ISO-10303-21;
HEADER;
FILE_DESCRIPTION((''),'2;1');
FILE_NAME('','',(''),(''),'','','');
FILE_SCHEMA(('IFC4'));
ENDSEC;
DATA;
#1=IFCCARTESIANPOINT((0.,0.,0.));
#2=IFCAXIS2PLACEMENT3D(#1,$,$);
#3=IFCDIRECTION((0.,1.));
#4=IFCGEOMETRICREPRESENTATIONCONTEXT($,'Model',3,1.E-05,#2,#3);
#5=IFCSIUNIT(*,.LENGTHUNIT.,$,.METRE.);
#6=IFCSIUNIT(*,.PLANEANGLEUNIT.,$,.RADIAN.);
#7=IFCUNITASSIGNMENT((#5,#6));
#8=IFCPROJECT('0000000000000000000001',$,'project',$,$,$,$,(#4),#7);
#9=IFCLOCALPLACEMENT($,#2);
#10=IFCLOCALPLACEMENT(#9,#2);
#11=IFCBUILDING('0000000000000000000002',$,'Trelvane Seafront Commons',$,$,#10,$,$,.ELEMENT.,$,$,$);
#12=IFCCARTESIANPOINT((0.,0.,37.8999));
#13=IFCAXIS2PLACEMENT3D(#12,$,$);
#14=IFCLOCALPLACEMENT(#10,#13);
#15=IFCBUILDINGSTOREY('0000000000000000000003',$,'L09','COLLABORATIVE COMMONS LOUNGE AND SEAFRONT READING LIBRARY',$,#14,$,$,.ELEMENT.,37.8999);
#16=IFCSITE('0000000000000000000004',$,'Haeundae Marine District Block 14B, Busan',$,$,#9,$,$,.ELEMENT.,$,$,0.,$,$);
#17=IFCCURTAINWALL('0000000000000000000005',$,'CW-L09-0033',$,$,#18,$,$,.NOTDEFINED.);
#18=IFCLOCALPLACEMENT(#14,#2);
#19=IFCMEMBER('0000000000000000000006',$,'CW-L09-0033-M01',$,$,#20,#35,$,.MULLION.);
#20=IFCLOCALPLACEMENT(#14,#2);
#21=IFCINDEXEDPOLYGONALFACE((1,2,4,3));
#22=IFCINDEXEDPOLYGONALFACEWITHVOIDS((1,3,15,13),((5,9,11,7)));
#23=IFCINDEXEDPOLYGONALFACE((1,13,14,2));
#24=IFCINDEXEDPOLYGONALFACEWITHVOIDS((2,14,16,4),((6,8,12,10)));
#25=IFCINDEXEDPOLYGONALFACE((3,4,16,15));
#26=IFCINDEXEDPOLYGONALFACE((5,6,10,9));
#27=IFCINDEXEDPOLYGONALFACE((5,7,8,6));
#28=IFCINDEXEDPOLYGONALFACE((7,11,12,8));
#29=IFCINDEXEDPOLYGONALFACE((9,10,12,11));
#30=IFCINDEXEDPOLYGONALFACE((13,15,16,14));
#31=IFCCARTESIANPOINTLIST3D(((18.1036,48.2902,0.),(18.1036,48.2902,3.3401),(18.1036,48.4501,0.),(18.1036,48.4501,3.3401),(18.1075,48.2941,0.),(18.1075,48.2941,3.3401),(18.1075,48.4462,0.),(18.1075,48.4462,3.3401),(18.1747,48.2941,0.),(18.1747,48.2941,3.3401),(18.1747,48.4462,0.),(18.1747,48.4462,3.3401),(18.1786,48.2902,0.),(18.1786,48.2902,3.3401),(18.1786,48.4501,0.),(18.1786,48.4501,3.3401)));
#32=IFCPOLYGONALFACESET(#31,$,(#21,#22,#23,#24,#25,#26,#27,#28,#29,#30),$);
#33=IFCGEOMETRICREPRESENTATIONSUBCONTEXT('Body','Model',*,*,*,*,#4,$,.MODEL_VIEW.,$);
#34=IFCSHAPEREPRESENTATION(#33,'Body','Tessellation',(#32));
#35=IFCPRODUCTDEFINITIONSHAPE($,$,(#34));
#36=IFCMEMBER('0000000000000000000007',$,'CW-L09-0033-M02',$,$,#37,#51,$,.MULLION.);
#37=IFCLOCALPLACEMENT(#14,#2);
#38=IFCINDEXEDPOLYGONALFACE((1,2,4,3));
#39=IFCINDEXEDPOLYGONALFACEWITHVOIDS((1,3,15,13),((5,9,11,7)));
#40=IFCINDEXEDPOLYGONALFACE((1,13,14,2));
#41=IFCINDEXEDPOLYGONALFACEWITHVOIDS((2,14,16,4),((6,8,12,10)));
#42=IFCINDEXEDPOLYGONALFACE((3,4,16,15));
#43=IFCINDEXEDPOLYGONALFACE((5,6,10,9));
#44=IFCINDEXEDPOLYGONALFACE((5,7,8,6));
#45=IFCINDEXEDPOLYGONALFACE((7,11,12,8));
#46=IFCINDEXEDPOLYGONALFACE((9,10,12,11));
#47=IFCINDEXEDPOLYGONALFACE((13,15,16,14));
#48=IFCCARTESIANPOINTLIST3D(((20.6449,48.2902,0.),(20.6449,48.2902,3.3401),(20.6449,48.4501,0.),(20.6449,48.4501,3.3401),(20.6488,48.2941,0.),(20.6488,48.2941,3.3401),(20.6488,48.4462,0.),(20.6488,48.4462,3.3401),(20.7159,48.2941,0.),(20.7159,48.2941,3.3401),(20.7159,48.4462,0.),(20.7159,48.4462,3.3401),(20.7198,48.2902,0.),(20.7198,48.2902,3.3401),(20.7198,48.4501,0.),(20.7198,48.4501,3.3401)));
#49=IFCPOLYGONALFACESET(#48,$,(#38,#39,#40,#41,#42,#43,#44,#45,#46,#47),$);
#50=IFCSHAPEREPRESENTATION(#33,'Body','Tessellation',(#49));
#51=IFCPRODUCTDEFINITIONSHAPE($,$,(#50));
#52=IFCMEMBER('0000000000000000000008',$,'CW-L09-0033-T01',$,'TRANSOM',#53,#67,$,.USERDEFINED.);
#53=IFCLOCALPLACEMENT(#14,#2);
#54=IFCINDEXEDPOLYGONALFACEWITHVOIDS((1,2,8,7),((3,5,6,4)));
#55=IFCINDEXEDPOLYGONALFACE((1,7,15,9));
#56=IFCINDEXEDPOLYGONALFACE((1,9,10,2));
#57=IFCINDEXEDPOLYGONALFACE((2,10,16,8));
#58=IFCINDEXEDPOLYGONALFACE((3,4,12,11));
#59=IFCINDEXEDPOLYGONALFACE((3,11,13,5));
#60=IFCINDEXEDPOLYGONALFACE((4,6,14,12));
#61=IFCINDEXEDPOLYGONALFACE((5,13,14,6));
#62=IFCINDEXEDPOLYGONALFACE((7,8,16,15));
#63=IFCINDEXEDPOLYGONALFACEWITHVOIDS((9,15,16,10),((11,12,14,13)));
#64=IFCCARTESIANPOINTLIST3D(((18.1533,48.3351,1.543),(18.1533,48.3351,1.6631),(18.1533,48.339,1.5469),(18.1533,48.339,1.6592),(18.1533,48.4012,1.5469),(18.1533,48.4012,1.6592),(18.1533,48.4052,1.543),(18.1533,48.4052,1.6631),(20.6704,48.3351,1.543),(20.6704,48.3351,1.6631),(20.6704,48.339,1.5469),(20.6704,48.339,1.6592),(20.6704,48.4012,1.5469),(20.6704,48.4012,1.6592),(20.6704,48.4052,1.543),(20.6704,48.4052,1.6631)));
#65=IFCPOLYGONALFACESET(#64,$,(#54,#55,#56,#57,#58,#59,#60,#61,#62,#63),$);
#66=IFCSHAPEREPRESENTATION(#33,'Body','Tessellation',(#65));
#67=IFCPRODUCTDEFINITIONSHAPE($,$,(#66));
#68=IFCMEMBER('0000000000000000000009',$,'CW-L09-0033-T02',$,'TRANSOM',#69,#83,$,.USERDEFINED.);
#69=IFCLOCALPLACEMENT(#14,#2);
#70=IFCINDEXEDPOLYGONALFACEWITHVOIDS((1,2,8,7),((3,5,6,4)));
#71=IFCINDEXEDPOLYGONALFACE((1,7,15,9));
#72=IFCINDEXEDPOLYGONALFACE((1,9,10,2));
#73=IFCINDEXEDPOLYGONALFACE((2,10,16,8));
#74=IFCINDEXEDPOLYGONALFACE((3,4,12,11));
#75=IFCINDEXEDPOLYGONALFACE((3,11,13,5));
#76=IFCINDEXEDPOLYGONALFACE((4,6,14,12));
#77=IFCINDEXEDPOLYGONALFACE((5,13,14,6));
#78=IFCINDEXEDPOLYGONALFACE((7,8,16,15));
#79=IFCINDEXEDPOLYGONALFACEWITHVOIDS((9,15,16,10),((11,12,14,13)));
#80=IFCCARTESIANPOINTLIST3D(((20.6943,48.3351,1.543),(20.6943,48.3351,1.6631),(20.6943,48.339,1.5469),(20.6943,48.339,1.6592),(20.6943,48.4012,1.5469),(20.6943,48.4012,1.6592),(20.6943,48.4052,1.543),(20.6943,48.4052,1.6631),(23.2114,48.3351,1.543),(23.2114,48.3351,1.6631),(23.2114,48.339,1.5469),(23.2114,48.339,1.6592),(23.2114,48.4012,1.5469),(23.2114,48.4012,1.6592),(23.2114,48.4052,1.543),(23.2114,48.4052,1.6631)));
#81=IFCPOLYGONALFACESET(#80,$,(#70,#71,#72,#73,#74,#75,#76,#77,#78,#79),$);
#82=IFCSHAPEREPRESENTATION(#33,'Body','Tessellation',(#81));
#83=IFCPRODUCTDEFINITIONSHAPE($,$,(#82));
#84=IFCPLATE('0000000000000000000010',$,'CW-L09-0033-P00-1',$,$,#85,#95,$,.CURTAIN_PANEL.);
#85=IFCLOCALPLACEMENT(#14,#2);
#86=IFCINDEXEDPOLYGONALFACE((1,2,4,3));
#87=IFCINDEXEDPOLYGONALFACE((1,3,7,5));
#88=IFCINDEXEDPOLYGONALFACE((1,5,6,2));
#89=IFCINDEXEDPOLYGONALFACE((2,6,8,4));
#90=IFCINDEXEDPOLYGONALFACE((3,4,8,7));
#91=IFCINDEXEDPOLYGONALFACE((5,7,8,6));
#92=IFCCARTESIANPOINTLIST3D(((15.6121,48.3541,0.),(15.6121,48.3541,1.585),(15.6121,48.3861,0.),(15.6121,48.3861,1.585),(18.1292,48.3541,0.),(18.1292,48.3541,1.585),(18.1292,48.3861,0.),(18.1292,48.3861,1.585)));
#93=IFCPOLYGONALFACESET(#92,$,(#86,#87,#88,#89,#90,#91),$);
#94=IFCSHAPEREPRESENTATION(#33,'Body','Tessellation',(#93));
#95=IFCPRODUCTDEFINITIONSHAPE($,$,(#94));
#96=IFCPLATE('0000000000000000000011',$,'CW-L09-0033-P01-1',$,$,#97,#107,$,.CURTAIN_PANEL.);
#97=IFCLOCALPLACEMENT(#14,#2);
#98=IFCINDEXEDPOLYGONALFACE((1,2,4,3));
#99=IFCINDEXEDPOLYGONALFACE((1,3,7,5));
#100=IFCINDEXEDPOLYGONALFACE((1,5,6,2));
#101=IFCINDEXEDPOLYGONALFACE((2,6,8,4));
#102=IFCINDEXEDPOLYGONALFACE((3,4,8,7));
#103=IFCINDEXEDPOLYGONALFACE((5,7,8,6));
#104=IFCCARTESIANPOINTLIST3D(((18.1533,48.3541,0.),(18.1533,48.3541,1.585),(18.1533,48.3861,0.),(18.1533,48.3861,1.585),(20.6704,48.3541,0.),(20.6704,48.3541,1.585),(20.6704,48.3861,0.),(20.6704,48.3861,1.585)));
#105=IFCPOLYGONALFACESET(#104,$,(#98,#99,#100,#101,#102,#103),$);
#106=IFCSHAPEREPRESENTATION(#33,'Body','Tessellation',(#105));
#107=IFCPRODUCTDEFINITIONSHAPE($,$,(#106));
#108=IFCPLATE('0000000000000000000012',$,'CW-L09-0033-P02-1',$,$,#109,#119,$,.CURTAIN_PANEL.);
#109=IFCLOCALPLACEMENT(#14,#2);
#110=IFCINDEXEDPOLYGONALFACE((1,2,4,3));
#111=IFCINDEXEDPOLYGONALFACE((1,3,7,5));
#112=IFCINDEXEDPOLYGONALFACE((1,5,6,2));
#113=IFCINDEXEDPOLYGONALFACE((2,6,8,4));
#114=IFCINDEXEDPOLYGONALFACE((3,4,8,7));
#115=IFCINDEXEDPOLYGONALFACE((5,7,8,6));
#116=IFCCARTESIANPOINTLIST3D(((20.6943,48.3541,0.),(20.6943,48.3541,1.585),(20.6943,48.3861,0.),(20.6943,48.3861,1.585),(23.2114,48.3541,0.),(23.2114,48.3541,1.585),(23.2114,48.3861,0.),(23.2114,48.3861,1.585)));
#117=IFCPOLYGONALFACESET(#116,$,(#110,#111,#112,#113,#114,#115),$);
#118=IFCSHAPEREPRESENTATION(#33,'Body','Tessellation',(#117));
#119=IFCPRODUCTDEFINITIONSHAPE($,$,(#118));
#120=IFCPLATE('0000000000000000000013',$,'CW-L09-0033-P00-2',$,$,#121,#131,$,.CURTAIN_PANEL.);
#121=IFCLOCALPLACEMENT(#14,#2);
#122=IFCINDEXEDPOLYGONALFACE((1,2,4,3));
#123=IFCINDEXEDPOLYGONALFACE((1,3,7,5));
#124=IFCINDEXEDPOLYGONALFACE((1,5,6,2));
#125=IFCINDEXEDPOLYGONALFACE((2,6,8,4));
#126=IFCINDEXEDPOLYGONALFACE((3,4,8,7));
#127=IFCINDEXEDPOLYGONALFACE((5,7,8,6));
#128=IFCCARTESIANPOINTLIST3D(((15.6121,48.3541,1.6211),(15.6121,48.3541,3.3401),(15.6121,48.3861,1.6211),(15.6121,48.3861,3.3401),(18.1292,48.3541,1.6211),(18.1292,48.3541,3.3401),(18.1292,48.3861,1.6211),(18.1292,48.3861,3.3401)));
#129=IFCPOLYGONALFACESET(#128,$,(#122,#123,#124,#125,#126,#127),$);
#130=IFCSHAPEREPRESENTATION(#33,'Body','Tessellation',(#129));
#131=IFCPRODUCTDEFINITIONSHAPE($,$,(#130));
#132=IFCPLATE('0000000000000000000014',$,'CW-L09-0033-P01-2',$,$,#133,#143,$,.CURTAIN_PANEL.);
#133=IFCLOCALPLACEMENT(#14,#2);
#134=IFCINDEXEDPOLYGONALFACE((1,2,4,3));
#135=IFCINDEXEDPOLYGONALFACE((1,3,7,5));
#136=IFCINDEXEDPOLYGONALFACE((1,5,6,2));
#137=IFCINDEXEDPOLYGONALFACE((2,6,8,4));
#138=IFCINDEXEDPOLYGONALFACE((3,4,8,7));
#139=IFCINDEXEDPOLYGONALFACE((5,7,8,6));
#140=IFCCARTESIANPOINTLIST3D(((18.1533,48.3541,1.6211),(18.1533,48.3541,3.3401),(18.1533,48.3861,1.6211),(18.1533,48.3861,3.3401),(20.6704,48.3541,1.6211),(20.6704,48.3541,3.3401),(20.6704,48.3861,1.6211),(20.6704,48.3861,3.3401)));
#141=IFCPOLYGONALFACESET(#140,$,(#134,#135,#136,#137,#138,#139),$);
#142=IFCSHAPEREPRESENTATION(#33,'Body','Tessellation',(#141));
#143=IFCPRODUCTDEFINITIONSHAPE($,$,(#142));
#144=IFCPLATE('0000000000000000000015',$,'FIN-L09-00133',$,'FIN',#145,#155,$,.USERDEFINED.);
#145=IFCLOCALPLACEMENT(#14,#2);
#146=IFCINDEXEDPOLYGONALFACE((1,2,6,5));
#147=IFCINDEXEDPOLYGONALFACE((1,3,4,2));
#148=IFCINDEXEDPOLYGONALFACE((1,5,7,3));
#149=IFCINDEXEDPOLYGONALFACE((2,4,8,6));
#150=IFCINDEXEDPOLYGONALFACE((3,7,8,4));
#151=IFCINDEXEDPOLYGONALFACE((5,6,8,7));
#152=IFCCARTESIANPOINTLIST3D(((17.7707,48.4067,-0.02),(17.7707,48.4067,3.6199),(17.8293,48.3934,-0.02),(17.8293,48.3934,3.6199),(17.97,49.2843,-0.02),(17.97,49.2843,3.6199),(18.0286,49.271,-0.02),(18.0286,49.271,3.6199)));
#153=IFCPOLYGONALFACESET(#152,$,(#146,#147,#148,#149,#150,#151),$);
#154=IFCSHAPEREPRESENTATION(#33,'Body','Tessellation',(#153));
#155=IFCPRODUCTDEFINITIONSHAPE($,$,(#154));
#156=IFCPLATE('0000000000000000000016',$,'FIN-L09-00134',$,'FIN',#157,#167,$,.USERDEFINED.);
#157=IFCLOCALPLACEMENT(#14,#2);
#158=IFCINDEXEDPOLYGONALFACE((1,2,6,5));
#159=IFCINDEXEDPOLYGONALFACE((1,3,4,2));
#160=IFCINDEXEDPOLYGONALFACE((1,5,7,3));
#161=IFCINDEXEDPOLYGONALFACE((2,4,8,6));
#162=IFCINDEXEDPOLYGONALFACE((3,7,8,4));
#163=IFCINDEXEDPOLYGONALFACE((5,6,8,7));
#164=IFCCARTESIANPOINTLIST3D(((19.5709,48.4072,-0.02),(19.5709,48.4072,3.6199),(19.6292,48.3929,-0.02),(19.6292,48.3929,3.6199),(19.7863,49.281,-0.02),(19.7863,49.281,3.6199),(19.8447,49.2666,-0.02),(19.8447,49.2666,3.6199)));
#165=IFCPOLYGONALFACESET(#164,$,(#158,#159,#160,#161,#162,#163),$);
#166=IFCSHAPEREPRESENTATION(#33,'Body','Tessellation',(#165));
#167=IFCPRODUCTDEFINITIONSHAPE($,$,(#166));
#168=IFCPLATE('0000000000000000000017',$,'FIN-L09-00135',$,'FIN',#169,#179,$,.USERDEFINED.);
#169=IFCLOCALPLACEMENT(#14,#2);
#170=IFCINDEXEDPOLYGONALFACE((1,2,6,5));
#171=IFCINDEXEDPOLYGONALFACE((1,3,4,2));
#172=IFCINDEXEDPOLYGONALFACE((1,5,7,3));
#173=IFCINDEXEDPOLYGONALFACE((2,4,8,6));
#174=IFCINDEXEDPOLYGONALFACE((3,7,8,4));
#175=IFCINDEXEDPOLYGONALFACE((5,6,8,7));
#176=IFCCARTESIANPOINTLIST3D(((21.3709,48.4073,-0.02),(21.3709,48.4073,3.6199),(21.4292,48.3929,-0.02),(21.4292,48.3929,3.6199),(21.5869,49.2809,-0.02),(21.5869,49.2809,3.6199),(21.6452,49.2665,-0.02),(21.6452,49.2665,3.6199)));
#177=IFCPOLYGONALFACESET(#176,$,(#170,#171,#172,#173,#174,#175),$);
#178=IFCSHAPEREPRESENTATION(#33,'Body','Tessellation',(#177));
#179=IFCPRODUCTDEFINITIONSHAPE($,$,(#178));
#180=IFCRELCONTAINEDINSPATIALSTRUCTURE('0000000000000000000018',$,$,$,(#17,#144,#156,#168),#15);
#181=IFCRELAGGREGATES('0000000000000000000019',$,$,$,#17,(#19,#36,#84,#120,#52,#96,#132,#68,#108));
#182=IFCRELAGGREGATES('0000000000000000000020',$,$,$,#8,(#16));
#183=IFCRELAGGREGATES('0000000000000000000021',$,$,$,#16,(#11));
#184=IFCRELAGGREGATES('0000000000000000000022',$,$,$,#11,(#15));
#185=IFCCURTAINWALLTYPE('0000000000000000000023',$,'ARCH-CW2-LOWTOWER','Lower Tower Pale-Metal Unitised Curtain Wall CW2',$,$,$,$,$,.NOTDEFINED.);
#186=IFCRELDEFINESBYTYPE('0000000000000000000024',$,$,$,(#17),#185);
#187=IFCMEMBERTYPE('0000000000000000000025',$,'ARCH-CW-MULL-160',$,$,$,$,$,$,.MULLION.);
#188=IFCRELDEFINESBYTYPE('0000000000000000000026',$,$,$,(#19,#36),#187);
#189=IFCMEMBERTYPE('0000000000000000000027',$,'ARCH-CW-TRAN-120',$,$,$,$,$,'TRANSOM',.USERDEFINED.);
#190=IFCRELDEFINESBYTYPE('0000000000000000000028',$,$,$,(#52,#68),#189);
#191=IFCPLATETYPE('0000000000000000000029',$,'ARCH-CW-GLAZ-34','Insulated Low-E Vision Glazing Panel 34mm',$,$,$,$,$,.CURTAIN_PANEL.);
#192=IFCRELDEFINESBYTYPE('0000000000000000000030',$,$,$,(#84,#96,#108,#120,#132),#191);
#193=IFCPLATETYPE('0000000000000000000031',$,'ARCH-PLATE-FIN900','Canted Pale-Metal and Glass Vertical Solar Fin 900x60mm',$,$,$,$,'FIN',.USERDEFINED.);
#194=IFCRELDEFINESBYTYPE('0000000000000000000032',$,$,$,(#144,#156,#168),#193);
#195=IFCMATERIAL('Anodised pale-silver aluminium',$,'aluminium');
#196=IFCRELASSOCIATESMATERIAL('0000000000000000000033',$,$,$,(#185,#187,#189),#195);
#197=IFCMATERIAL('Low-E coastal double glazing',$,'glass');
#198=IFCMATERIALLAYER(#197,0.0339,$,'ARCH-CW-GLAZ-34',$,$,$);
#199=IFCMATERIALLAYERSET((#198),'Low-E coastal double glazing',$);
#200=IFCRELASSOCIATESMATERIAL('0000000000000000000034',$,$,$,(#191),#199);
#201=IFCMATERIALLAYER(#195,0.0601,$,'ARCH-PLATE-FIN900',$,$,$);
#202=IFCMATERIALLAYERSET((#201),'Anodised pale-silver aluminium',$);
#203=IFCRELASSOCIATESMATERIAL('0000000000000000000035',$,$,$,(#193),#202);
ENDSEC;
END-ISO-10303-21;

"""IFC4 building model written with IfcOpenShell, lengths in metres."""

from ifc_helpers import new_model, si_unit, direction, frame, origin, origin_2d, place, context, subcontext, project, spatial, rectangle, hollow_rectangle, extrude, source, transform, mapped, material, layer, layer_set, material_profile, profile_set, type_object, element, aggregate, save


model = new_model("IFC4")

# Units and contexts
model_context = context("Model", 3, precision=1e-05, world=origin(), true_north=direction((0.0, 1.0)))
body_context = subcontext(model_context, "Body", "Model", "MODEL_VIEW")
ifc_project = project(units=[si_unit("LENGTHUNIT", "METRE"), si_unit("PLANEANGLEUNIT", "RADIAN")], contexts=[model_context])

# Site, building, storey
site_placement = place(None, origin())
site = spatial("IfcSite", under=ifc_project, at=site_placement, Name="Haeundae Marine District Block 14B, Busan", CompositionType="ELEMENT", RefElevation=0.0)
building_placement = place(site_placement, origin())
building = spatial("IfcBuilding", under=site, at=building_placement, Name="Trelvane Seafront Commons", CompositionType="ELEMENT")
storey_placement = place(building_placement, frame((0.0, 0.0, 37.8999)))
storey = spatial("IfcBuildingStorey", under=building, at=storey_placement, Name="L09", Description="COLLABORATIVE COMMONS LOUNGE AND SEAFRONT READING LIBRARY", CompositionType="ELEMENT", Elevation=37.8999)

# Curtain wall, members, plates
ifc_material_1 = material(Name="Anodised pale-silver aluminium", Category="aluminium")
curtain_wall_type = type_object("IfcCurtainWallType", Name="ARCH-CW2-LOWTOWER", Description="Lower Tower Pale-Metal Unitised Curtain Wall CW2", PredefinedType="NOTDEFINED", material=ifc_material_1)
curtain_wall_placement = place(storey_placement, origin())
curtain_wall = element("IfcCurtainWall", 1, at=curtain_wall_placement, inside=storey, type_object=curtain_wall_type, Name="CW-L09-0033", PredefinedType="NOTDEFINED")
ifc_material_profile_1 = material_profile(ifc_material_1, hollow_rectangle(XDim=0.075, YDim=0.1599, WallThickness=0.0039, at=origin_2d()), Name="MULL-75x160x4")
ifc_profile_set_1 = profile_set([ifc_material_profile_1], Name="Anodised pale-silver aluminium")
member_type_1 = type_object("IfcMemberType", Name="ARCH-CW-MULL-160", PredefinedType="MULLION", material=ifc_profile_set_1)
shared_shape_1 = source(origin(), body_context, "Body", "SweptSolid", [
    extrude(hollow_rectangle(XDim=0.075, YDim=0.1599, WallThickness=0.0039, at=origin_2d()), origin(), (0.0, 0.0, 1.0), 3.3401),
])
member_1_placement = place(storey_placement, frame((18.1411, 48.3701, 0.0), z_axis=(0.0, 0.0, 1.0), x_axis=(1.0, 0.0, 0.0)))
member_1 = element("IfcMember", 2, at=member_1_placement, type_object=member_type_1, Name="CW-L09-0033-M01", PredefinedType="MULLION", context=body_context, shape_type="MappedRepresentation", body=[
    mapped(shared_shape_1, transform((0.0, 0.0, 0.0), x_axis=(1.0, 0.0, 0.0), y_axis=(0.0, 1.0, 0.0), z_axis=(0.0, 0.0, 1.0), scale=1.0)),
])
member_2_placement = place(storey_placement, frame((20.6824, 48.3701, 0.0), z_axis=(0.0, 0.0, 1.0), x_axis=(1.0, 0.0, 0.0)))
member_2 = element("IfcMember", 3, at=member_2_placement, type_object=member_type_1, Name="CW-L09-0033-M02", PredefinedType="MULLION", context=body_context, shape_type="MappedRepresentation", body=[
    mapped(shared_shape_1, transform((0.0, 0.0, 0.0), x_axis=(1.0, 0.0, 0.0), y_axis=(0.0, 1.0, 0.0), z_axis=(0.0, 0.0, 1.0), scale=1.0)),
])
ifc_material_profile_2 = material_profile(ifc_material_1, hollow_rectangle(XDim=0.0701, YDim=0.1201, WallThickness=0.0039, at=origin_2d()), Name="TRAN-70x120x4")
ifc_profile_set_2 = profile_set([ifc_material_profile_2], Name="Anodised pale-silver aluminium")
member_type_2 = type_object("IfcMemberType", Name="ARCH-CW-TRAN-120", ElementType="TRANSOM", PredefinedType="USERDEFINED", material=ifc_profile_set_2)
shared_shape_2 = source(origin(), body_context, "Body", "SweptSolid", [
    extrude(hollow_rectangle(XDim=0.0701, YDim=0.1201, WallThickness=0.0039, at=origin_2d()), origin(), (0.0, 0.0, 1.0), 2.5171),
])
member_3_placement = place(storey_placement, frame((18.1533, 48.3701, 1.603), z_axis=(1.0, 0.0, 0.0), x_axis=(0.0, 1.0, 0.0)))
member_3 = element("IfcMember", 4, at=member_3_placement, type_object=member_type_2, Name="CW-L09-0033-T01", ObjectType="TRANSOM", PredefinedType="USERDEFINED", context=body_context, shape_type="MappedRepresentation", body=[
    mapped(shared_shape_2, transform((0.0, 0.0, 0.0), x_axis=(1.0, 0.0, 0.0), y_axis=(0.0, 1.0, 0.0), z_axis=(0.0, 0.0, 1.0), scale=1.0)),
])
member_4_placement = place(storey_placement, frame((20.6943, 48.3701, 1.603), z_axis=(1.0, 0.0, 0.0), x_axis=(0.0, 1.0, 0.0)))
member_4 = element("IfcMember", 5, at=member_4_placement, type_object=member_type_2, Name="CW-L09-0033-T02", ObjectType="TRANSOM", PredefinedType="USERDEFINED", context=body_context, shape_type="MappedRepresentation", body=[
    mapped(shared_shape_2, transform((0.0, 0.0, 0.0), x_axis=(1.0, 0.0, 0.0), y_axis=(0.0, 1.0, 0.0), z_axis=(0.0, 0.0, 1.0), scale=1.0)),
])
ifc_material_2 = material(Name="Low-E coastal double glazing", Category="glass")
ifc_layer_1 = layer(ifc_material_2, 0.0339, Name="ARCH-CW-GLAZ-34")
ifc_layer_set_1 = layer_set([ifc_layer_1], Name="Low-E coastal double glazing")
plate_type_1 = type_object("IfcPlateType", Name="ARCH-CW-GLAZ-34", Description="Insulated Low-E Vision Glazing Panel 34mm", PredefinedType="CURTAIN_PANEL", material=ifc_layer_set_1)
shared_shape_3 = source(origin(), body_context, "Body", "SweptSolid", [
    extrude(rectangle(XDim=2.5171, YDim=0.032, at=origin_2d()), origin(), (0.0, 0.0, 1.0), 1.585),
])
plate_1_placement = place(storey_placement, frame((16.8706, 48.3701, 0.0), z_axis=(0.0, 0.0, 1.0), x_axis=(1.0, 0.0, 0.0)))
plate_1 = element("IfcPlate", 6, at=plate_1_placement, type_object=plate_type_1, Name="CW-L09-0033-P00-1", PredefinedType="CURTAIN_PANEL", context=body_context, shape_type="MappedRepresentation", body=[
    mapped(shared_shape_3, transform((0.0, 0.0, 0.0), x_axis=(1.0, 0.0, 0.0), y_axis=(0.0, 1.0, 0.0), z_axis=(0.0, 0.0, 1.0), scale=1.0)),
])
plate_2_placement = place(storey_placement, frame((19.4119, 48.3701, 0.0), z_axis=(0.0, 0.0, 1.0), x_axis=(1.0, 0.0, 0.0)))
plate_2 = element("IfcPlate", 7, at=plate_2_placement, type_object=plate_type_1, Name="CW-L09-0033-P01-1", PredefinedType="CURTAIN_PANEL", context=body_context, shape_type="MappedRepresentation", body=[
    mapped(shared_shape_3, transform((0.0, 0.0, 0.0), x_axis=(1.0, 0.0, 0.0), y_axis=(0.0, 1.0, 0.0), z_axis=(0.0, 0.0, 1.0), scale=1.0)),
])
plate_3_placement = place(storey_placement, frame((21.9529, 48.3701, 0.0), z_axis=(0.0, 0.0, 1.0), x_axis=(1.0, 0.0, 0.0)))
plate_3 = element("IfcPlate", 8, at=plate_3_placement, type_object=plate_type_1, Name="CW-L09-0033-P02-1", PredefinedType="CURTAIN_PANEL", context=body_context, shape_type="MappedRepresentation", body=[
    mapped(shared_shape_3, transform((0.0, 0.0, 0.0), x_axis=(1.0, 0.0, 0.0), y_axis=(0.0, 1.0, 0.0), z_axis=(0.0, 0.0, 1.0), scale=1.0)),
])
shared_shape_4 = source(origin(), body_context, "Body", "SweptSolid", [
    extrude(rectangle(XDim=2.5171, YDim=0.032, at=origin_2d()), origin(), (0.0, 0.0, 1.0), 1.719),
])
plate_4_placement = place(storey_placement, frame((16.8706, 48.3701, 1.6211), z_axis=(0.0, 0.0, 1.0), x_axis=(1.0, 0.0, 0.0)))
plate_4 = element("IfcPlate", 9, at=plate_4_placement, type_object=plate_type_1, Name="CW-L09-0033-P00-2", PredefinedType="CURTAIN_PANEL", context=body_context, shape_type="MappedRepresentation", body=[
    mapped(shared_shape_4, transform((0.0, 0.0, 0.0), x_axis=(1.0, 0.0, 0.0), y_axis=(0.0, 1.0, 0.0), z_axis=(0.0, 0.0, 1.0), scale=1.0)),
])
plate_5_placement = place(storey_placement, frame((19.4119, 48.3701, 1.6211), z_axis=(0.0, 0.0, 1.0), x_axis=(1.0, 0.0, 0.0)))
plate_5 = element("IfcPlate", 10, at=plate_5_placement, type_object=plate_type_1, Name="CW-L09-0033-P01-2", PredefinedType="CURTAIN_PANEL", context=body_context, shape_type="MappedRepresentation", body=[
    mapped(shared_shape_4, transform((0.0, 0.0, 0.0), x_axis=(1.0, 0.0, 0.0), y_axis=(0.0, 1.0, 0.0), z_axis=(0.0, 0.0, 1.0), scale=1.0)),
])
aggregate(curtain_wall, [member_1, member_2, plate_1, plate_4, member_3, plate_2, plate_5, member_4, plate_3])

# Plates
ifc_layer_2 = layer(ifc_material_1, 0.0601, Name="ARCH-PLATE-FIN900")
ifc_layer_set_2 = layer_set([ifc_layer_2], Name="Anodised pale-silver aluminium")
plate_type_2 = type_object("IfcPlateType", Name="ARCH-PLATE-FIN900", Description="Canted Pale-Metal and Glass Vertical Solar Fin 900x60mm", ElementType="FIN", PredefinedType="USERDEFINED", material=ifc_layer_set_2)
shared_shape_5 = source(origin(), body_context, "Body", "SweptSolid", [
    extrude(rectangle(XDim=0.8999, YDim=0.0601, at=origin_2d()), origin(), (0.0, 0.0, 1.0), 3.6399),
])
for number, where, z_axis, x_axis, name in (
    (11, (17.8997, 48.8389, -0.02), (0.0, 0.0, 1.0), (0.221458, 0.97517, 0.0), "FIN-L09-00133"),
    (12, (19.7078, 48.8369, -0.02), (0.0, 0.0, 1.0), (0.239449, 0.970909, 0.0), "FIN-L09-00134"),
    (13, (21.5081, 48.8369, -0.02), (0.0, 0.0, 1.0), (0.239999, 0.970773, 0.0), "FIN-L09-00135"),
):
    element("IfcPlate", number, at=place(storey_placement, frame(where, z_axis=z_axis, x_axis=x_axis)), inside=storey, type_object=plate_type_2, Name=name, ObjectType="FIN", PredefinedType="USERDEFINED", context=body_context, shape_type="MappedRepresentation", body=[
        mapped(shared_shape_5, transform((0.0, 0.0, 0.0), x_axis=(1.0, 0.0, 0.0), y_axis=(0.0, 1.0, 0.0), z_axis=(0.0, 0.0, 1.0), scale=1.0)),
    ])

save(model, "model.ifc")
